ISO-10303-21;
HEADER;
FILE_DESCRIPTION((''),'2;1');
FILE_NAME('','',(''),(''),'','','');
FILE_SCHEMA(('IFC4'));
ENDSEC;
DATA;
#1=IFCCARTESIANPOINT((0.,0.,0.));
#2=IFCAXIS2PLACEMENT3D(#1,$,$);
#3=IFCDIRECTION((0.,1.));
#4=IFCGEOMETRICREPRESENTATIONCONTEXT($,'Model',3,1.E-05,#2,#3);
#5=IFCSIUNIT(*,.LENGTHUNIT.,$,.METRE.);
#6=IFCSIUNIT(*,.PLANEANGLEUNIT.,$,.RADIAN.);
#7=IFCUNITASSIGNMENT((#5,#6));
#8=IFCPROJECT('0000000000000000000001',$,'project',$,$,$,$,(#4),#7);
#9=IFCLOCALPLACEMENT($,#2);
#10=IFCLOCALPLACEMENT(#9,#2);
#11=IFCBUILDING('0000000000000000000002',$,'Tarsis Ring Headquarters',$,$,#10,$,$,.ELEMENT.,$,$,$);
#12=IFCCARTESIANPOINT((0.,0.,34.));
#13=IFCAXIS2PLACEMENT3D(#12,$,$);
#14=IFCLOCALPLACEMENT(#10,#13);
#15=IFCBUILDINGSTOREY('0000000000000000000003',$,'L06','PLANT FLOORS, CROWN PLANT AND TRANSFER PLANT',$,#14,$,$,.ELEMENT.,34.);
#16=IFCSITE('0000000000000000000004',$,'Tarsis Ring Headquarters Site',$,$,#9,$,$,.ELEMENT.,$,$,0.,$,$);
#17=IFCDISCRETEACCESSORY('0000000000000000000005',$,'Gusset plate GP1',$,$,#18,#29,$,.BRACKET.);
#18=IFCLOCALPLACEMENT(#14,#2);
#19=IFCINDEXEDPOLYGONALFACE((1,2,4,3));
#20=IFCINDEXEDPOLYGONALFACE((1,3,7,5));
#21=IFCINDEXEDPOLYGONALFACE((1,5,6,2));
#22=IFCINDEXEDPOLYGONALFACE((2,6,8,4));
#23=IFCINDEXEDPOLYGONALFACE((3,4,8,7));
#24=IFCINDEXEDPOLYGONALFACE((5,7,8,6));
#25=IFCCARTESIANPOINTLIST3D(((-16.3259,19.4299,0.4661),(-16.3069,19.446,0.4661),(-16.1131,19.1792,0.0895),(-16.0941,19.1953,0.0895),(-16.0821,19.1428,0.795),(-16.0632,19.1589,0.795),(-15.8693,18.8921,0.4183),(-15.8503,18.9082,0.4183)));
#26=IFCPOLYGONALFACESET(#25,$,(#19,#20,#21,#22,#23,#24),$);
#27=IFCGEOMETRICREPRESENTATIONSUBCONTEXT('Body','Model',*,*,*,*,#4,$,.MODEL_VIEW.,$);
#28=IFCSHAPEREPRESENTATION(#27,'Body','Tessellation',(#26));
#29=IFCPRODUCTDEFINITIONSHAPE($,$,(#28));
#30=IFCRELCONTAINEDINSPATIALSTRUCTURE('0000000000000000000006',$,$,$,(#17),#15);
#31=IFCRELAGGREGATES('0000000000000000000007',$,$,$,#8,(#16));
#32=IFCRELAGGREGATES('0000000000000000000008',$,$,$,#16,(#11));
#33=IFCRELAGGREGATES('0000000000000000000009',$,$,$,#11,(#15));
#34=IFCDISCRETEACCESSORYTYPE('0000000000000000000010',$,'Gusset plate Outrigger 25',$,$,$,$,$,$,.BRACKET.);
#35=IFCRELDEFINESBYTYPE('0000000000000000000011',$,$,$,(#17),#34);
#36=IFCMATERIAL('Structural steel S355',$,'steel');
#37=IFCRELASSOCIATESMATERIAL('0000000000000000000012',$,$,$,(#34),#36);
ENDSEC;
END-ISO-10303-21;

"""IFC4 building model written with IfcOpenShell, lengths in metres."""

from ifc_helpers import new_model, si_unit, direction, frame, origin, origin_2d, place, context, subcontext, project, spatial, rectangle, extrude, material, material_profile, profile_set, type_object, element, save


model = new_model("IFC4")

# Units and contexts
model_context = context("Model", 3, precision=1e-05, world=origin(), true_north=direction((0.0, 1.0)))
body_context = subcontext(model_context, "Body", "Model", "MODEL_VIEW")
ifc_project = project(units=[si_unit("LENGTHUNIT", "METRE"), si_unit("PLANEANGLEUNIT", "RADIAN")], contexts=[model_context])

# Site, building, storey
site_placement = place(None, origin())
site = spatial("IfcSite", under=ifc_project, at=site_placement, Name="Tarsis Ring Headquarters Site", CompositionType="ELEMENT", RefElevation=0.0)
building_placement = place(site_placement, origin())
building = spatial("IfcBuilding", under=site, at=building_placement, Name="Tarsis Ring Headquarters", CompositionType="ELEMENT")
storey_placement = place(building_placement, frame((0.0, 0.0, 34.0)))
storey = spatial("IfcBuildingStorey", under=building, at=storey_placement, Name="L06", Description="PLANT FLOORS, CROWN PLANT AND TRANSFER PLANT", CompositionType="ELEMENT", Elevation=34.0)

# Shared definitions
ifc_material_1 = material(Name="Structural steel S355", Category="steel")

# Discrete accessory
ifc_material_profile_1 = material_profile(ifc_material_1, rectangle(XDim=0.0249, YDim=0.5, at=origin_2d()), Name="PL 25x500")
ifc_profile_set_1 = profile_set([ifc_material_profile_1], Name="Structural steel S355")
discrete_accessory_type_1 = type_object("IfcDiscreteAccessoryType", Name="Gusset plate Outrigger 25", PredefinedType="BRACKET", material=ifc_profile_set_1)
discrete_accessory_placement = place(storey_placement, frame((-15.9817, 19.0437, 0.2539), z_axis=(-0.425697, 0.501366, 0.753269), x_axis=(-0.762287, -0.647239, 0.0)))
element("IfcDiscreteAccessory", 1, at=discrete_accessory_placement, inside=storey, type_object=discrete_accessory_type_1, Name="Gusset plate GP1", PredefinedType="BRACKET", context=body_context, shape_type="SweptSolid", body=[
    extrude(rectangle(XDim=0.0249, YDim=0.5, at=origin_2d()), origin(), (0.0, 0.0, 1.0), 0.5),
])

save(model, "model.ifc")
